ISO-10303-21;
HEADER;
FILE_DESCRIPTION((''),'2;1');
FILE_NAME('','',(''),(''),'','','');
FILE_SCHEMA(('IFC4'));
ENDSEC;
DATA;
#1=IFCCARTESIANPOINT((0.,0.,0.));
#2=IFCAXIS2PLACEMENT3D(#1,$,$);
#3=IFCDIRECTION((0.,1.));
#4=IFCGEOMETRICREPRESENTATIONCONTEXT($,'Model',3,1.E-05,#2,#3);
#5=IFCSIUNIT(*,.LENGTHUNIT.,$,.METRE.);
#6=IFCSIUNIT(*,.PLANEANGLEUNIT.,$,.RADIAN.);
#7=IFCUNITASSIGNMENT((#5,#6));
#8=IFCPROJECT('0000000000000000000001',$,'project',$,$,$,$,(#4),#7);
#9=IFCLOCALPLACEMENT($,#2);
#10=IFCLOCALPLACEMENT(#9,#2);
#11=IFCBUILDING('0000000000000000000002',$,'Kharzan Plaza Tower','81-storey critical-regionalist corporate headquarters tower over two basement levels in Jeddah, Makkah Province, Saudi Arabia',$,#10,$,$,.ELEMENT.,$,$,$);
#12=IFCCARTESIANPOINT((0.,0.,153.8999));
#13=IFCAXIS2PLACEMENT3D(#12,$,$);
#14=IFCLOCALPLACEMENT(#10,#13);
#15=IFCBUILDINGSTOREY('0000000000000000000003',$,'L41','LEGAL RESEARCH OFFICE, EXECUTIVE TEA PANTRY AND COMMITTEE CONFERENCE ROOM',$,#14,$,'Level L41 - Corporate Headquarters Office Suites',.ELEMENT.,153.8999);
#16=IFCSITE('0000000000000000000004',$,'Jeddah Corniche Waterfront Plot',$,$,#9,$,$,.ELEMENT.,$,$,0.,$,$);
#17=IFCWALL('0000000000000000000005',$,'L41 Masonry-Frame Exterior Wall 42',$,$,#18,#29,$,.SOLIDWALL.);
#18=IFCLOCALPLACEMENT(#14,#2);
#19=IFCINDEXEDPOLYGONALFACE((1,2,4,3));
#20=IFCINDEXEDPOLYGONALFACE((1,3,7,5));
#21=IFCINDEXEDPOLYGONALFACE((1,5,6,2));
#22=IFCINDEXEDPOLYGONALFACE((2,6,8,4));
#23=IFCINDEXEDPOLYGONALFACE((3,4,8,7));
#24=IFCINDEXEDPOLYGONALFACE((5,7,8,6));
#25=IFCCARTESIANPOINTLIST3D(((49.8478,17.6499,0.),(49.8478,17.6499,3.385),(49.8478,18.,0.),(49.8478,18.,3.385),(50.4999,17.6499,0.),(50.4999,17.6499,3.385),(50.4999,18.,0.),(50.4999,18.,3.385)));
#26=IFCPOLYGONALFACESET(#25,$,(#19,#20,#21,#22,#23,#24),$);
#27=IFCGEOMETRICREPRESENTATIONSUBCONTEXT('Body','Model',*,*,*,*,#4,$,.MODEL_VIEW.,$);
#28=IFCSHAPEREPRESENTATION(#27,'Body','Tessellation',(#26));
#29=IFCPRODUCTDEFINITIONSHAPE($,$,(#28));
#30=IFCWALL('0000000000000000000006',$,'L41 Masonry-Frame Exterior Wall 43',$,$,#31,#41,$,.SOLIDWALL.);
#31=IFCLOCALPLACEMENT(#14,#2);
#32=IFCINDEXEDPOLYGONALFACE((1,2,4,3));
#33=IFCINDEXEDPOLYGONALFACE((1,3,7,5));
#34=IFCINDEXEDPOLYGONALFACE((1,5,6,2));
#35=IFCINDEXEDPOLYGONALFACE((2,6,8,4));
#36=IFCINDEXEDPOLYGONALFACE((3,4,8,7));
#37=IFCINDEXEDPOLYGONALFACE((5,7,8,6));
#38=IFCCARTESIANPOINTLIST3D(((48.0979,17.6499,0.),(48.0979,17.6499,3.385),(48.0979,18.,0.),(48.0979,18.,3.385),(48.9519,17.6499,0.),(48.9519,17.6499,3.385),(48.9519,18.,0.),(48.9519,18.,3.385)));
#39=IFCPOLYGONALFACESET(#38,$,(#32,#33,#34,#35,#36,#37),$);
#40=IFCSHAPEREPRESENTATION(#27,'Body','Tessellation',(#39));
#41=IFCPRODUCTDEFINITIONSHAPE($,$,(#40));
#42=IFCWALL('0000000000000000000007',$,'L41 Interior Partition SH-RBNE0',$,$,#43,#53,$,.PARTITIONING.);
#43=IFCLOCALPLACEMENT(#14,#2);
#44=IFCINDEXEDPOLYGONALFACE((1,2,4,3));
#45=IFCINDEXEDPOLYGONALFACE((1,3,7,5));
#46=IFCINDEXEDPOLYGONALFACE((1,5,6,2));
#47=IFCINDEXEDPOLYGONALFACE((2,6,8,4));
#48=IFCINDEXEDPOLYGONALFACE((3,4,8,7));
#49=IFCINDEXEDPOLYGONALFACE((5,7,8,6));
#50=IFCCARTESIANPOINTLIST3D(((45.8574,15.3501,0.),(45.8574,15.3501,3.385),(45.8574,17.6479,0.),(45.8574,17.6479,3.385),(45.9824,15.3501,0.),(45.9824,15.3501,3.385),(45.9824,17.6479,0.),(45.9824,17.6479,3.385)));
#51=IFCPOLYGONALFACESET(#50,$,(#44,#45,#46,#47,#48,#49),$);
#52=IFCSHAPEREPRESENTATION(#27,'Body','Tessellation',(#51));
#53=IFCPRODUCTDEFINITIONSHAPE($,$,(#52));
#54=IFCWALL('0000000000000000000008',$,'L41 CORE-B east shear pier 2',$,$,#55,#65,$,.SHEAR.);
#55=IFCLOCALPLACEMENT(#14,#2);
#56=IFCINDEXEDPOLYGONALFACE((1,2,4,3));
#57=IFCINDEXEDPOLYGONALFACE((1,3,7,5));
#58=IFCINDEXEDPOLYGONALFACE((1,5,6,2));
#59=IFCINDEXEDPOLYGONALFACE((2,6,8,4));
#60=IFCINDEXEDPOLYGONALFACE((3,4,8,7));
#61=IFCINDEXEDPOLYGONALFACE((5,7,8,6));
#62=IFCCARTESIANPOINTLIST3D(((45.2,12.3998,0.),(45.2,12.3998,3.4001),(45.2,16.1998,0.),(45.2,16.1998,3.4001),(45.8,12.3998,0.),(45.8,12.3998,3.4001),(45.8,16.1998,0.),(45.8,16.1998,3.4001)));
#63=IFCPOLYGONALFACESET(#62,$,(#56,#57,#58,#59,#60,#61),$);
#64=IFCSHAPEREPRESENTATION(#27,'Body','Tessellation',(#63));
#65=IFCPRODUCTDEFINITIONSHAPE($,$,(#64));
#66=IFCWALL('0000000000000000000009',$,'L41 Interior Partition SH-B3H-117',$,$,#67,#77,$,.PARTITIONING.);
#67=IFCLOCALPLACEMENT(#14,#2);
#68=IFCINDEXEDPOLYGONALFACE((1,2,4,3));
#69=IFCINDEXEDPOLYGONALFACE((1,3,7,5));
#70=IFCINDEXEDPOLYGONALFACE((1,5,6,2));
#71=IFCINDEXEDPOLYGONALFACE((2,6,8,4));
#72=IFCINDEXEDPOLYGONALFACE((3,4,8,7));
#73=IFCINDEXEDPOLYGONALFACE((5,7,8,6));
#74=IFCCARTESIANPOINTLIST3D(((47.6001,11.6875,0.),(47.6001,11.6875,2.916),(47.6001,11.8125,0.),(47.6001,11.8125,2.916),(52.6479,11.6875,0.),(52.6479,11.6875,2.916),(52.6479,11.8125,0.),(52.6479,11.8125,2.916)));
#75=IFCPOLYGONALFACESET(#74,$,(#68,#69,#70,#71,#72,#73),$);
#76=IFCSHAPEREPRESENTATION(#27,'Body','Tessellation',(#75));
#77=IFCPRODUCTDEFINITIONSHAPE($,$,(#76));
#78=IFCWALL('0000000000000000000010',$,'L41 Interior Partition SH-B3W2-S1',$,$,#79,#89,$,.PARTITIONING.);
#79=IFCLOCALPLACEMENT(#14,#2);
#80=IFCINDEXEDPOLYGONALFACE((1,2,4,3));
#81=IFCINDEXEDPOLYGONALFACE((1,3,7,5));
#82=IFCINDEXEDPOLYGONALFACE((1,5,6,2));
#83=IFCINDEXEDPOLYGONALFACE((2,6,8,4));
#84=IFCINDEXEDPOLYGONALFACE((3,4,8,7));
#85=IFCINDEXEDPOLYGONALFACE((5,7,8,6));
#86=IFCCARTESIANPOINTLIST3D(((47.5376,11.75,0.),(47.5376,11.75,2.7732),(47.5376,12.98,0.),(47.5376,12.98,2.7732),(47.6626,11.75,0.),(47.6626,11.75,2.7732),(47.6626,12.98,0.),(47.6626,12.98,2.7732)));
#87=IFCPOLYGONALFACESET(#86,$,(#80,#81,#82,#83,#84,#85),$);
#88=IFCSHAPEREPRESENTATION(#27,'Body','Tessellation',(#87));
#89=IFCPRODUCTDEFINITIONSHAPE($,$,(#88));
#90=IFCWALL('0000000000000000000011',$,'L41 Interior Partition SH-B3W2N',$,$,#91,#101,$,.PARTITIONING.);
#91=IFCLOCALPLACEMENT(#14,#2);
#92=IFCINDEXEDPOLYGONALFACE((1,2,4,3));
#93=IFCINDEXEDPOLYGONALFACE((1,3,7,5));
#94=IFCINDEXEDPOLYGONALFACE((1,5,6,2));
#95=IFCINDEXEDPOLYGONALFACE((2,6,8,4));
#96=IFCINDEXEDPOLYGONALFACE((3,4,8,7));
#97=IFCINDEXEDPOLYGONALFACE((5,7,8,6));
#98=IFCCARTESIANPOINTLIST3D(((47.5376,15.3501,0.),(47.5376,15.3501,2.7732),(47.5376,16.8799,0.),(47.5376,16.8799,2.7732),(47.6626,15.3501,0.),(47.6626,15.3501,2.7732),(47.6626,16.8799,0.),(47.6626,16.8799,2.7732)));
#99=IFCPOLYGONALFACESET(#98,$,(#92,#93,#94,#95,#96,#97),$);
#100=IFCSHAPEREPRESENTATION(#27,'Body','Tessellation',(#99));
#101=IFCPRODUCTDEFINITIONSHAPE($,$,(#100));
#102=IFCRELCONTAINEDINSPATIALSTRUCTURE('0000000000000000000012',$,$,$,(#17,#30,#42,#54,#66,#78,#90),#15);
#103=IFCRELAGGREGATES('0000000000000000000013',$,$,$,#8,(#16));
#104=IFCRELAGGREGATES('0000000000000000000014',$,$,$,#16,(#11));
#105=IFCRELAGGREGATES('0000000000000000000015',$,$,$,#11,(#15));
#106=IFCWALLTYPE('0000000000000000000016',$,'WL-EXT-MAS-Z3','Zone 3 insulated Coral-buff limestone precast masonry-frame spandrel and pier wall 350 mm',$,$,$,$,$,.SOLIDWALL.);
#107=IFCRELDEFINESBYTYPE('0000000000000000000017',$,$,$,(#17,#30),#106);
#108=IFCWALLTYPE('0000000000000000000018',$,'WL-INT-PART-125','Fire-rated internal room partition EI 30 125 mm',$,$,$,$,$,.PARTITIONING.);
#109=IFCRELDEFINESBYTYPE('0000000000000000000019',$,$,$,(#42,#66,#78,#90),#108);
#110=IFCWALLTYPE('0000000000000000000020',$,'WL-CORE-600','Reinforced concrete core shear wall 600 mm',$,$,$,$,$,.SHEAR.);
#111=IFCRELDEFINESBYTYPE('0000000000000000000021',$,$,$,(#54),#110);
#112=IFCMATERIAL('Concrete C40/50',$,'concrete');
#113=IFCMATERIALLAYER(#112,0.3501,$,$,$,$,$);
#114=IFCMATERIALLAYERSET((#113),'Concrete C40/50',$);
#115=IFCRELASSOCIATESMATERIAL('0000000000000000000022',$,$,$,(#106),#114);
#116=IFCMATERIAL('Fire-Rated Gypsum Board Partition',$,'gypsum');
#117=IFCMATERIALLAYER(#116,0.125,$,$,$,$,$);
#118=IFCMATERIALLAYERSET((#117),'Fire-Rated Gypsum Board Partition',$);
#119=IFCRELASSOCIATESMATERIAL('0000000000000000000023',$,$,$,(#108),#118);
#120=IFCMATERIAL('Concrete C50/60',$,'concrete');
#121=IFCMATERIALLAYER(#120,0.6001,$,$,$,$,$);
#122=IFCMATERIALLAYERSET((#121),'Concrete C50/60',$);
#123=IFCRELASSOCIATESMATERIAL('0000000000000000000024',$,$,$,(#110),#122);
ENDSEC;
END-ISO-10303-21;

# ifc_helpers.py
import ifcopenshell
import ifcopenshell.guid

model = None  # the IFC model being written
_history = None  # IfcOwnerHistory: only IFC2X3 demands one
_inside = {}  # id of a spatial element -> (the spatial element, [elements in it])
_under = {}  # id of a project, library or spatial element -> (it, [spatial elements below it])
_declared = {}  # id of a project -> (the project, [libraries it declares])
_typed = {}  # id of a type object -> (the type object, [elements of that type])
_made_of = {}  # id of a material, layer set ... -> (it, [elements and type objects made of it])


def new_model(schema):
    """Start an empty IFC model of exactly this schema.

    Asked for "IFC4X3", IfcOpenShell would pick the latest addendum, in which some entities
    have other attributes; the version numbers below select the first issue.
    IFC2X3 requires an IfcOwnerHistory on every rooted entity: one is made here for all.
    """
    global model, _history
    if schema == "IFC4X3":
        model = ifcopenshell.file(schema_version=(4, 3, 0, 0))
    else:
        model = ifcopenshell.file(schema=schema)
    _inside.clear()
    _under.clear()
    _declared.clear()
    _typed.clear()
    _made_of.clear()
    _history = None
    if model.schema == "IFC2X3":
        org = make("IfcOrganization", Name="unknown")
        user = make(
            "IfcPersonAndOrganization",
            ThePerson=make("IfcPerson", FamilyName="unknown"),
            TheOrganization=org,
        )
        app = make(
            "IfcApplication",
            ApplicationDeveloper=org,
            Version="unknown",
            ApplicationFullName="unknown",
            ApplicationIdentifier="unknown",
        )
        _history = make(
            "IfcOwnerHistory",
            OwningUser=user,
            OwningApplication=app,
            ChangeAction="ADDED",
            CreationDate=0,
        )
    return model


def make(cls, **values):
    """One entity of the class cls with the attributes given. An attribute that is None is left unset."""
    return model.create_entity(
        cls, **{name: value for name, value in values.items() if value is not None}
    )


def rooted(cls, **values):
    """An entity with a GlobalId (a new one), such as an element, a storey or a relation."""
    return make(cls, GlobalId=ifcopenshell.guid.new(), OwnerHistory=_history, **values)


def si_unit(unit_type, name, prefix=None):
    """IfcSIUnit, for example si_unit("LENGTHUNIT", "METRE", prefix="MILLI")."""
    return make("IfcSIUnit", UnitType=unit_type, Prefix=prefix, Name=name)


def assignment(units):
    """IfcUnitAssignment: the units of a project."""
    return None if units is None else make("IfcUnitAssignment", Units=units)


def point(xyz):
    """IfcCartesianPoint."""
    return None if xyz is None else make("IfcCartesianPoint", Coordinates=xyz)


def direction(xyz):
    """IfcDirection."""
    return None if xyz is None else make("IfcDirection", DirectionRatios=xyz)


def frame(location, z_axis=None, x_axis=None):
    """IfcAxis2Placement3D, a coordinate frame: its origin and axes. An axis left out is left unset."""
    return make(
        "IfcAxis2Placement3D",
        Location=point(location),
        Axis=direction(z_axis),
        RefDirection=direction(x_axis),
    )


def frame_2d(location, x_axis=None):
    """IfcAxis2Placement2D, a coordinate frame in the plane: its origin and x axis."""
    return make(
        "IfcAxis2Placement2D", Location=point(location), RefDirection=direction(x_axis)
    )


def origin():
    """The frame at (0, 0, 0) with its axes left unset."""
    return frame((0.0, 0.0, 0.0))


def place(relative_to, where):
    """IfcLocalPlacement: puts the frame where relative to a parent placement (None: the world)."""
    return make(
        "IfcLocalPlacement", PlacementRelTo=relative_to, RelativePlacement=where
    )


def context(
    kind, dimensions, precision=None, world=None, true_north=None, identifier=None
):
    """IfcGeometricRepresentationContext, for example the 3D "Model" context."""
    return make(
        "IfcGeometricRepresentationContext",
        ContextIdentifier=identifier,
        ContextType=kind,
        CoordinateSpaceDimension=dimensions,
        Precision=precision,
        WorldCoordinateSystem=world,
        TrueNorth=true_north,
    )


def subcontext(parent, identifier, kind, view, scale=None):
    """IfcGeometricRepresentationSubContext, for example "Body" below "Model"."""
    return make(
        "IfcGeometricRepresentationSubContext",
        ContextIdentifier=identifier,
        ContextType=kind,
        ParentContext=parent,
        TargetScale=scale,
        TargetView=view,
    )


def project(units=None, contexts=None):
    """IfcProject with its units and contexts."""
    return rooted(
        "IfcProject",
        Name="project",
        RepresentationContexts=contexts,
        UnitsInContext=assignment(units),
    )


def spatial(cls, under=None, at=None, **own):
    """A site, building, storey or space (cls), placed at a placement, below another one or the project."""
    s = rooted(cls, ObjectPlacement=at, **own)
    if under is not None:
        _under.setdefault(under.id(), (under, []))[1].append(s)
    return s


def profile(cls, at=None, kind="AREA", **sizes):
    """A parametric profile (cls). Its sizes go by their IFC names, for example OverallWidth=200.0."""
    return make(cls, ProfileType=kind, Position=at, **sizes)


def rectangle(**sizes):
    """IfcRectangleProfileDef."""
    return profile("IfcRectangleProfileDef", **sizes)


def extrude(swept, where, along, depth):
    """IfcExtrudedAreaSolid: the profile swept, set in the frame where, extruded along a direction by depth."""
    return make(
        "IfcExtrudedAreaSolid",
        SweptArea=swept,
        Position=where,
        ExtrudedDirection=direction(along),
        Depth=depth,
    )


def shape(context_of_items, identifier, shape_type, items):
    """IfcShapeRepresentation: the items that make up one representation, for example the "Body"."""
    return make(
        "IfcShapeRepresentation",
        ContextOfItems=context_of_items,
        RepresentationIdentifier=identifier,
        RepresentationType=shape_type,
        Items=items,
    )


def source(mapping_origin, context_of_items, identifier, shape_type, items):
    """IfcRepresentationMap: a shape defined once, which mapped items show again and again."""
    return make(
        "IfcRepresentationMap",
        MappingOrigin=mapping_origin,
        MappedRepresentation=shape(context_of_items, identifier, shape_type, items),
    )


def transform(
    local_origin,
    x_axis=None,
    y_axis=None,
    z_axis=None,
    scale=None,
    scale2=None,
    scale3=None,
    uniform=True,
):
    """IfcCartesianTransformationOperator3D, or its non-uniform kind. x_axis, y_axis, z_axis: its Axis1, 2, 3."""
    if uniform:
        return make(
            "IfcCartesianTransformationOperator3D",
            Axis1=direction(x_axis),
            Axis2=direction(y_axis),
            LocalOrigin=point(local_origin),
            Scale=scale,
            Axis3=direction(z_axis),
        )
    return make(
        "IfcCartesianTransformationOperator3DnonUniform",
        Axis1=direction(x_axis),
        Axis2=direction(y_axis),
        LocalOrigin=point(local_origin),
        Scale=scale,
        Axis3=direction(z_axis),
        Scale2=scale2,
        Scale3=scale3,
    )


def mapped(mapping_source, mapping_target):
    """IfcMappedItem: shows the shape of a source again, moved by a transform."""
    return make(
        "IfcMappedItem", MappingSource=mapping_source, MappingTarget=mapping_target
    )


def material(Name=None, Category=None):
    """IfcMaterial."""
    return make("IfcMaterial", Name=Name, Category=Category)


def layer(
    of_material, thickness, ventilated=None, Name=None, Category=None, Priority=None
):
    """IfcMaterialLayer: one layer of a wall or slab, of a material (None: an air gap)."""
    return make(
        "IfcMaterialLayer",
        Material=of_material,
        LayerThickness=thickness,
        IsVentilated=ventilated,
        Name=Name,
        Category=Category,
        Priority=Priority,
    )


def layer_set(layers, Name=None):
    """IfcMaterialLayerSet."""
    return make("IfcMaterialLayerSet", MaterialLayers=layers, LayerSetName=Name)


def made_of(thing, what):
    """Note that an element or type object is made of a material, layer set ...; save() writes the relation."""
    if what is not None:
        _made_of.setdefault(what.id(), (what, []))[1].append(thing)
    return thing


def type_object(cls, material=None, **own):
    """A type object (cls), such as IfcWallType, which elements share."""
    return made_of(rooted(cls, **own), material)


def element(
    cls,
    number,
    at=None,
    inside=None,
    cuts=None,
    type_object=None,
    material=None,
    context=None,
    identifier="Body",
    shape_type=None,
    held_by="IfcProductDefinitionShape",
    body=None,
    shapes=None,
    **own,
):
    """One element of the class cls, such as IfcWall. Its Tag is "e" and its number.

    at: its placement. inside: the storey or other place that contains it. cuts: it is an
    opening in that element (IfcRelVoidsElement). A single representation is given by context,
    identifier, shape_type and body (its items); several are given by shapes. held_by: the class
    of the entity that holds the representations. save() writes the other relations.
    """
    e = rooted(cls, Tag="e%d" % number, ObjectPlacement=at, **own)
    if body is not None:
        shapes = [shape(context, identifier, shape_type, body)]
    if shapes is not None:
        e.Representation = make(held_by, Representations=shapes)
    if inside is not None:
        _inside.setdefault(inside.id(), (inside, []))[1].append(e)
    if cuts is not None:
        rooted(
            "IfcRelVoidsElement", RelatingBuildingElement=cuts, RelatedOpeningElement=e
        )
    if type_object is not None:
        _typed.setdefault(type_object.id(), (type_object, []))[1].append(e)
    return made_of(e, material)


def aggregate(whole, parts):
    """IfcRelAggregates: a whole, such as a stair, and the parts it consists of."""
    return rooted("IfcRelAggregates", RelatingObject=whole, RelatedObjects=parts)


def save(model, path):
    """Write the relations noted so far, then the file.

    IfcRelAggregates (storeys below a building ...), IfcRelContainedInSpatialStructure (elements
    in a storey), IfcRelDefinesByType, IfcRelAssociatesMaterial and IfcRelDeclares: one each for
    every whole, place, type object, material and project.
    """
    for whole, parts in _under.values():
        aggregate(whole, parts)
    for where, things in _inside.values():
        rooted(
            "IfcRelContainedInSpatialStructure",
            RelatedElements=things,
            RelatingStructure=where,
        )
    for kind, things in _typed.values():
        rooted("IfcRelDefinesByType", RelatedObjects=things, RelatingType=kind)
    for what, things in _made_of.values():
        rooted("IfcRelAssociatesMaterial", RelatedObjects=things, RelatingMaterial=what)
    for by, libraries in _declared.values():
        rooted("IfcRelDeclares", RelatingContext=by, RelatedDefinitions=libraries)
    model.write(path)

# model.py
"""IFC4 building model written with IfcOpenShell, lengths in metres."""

from ifc_helpers import new_model, si_unit, direction, frame, frame_2d, origin, place, context, subcontext, project, spatial, rectangle, extrude, source, transform, mapped, material, layer, layer_set, type_object, element, save


model = new_model("IFC4")

# Units and contexts
model_context = context("Model", 3, precision=1e-05, world=origin(), true_north=direction((0.0, 1.0)))
body_context = subcontext(model_context, "Body", "Model", "MODEL_VIEW")
ifc_project = project(units=[si_unit("LENGTHUNIT", "METRE"), si_unit("PLANEANGLEUNIT", "RADIAN")], contexts=[model_context])

# Site, building, storey
site_placement = place(None, origin())
site = spatial("IfcSite", under=ifc_project, at=site_placement, Name="Jeddah Corniche Waterfront Plot", CompositionType="ELEMENT", RefElevation=0.0)
building_placement = place(site_placement, origin())
building = spatial("IfcBuilding", under=site, at=building_placement, Name="Kharzan Plaza Tower", Description="81-storey critical-regionalist corporate headquarters tower over two basement levels in Jeddah, Makkah Province, Saudi Arabia", CompositionType="ELEMENT")
storey_placement = place(building_placement, frame((0.0, 0.0, 153.8999)))
storey = spatial("IfcBuildingStorey", under=building, at=storey_placement, Name="L41", Description="LEGAL RESEARCH OFFICE, EXECUTIVE TEA PANTRY AND COMMITTEE CONFERENCE ROOM", LongName="Level L41 - Corporate Headquarters Office Suites", CompositionType="ELEMENT", Elevation=153.8999)

# Shared definitions
ifc_material_1 = material(Name="Concrete C50/60", Category="concrete")

# Shared definitions
ifc_material_2 = material(Name="Concrete C40/50", Category="concrete")
ifc_layer_1 = layer(ifc_material_2, 0.3501)
ifc_layer_set_1 = layer_set([ifc_layer_1], Name="Concrete C40/50")
wall_type_1 = type_object("IfcWallType", Name="WL-EXT-MAS-Z3", Description="Zone 3 insulated Coral-buff limestone precast masonry-frame spandrel and pier wall 350 mm", PredefinedType="SOLIDWALL", material=ifc_layer_set_1)

# Shared definitions
ifc_material_3 = material(Name="Fire-Rated Gypsum Board Partition", Category="gypsum")
ifc_layer_2 = layer(ifc_material_3, 0.125)
ifc_layer_set_2 = layer_set([ifc_layer_2], Name="Fire-Rated Gypsum Board Partition")
wall_type_2 = type_object("IfcWallType", Name="WL-INT-PART-125", Description="Fire-rated internal room partition EI 30 125 mm", PredefinedType="PARTITIONING", material=ifc_layer_set_2)

# Walls
shared_shape_1 = source(origin(), body_context, "Body", "SweptSolid", [
    extrude(rectangle(XDim=0.6521, YDim=0.3501, at=frame_2d((0.3262, 0.0))), origin(), (0.0, 0.0, 1.0), 3.385),
])
wall_1_placement = place(storey_placement, frame((50.5, 17.825, 0.0), z_axis=(0.0, 0.0, 1.0), x_axis=(-1.0, 0.0, 0.0)))
element("IfcWall", 1, at=wall_1_placement, inside=storey, type_object=wall_type_1, Name="L41 Masonry-Frame Exterior Wall 42", PredefinedType="SOLIDWALL", context=body_context, shape_type="MappedRepresentation", body=[
    mapped(shared_shape_1, transform((0.0, 0.0, 0.0), x_axis=(1.0, 0.0, 0.0), y_axis=(0.0, 1.0, 0.0), z_axis=(0.0, 0.0, 1.0))),
])
shared_shape_2 = source(origin(), body_context, "Body", "SweptSolid", [
    extrude(rectangle(XDim=0.854, YDim=0.3501, at=frame_2d((0.427, 0.0))), origin(), (0.0, 0.0, 1.0), 3.385),
])
wall_2_placement = place(storey_placement, frame((48.9519, 17.825, 0.0), z_axis=(0.0, 0.0, 1.0), x_axis=(-1.0, 0.0, 0.0)))
element("IfcWall", 2, at=wall_2_placement, inside=storey, type_object=wall_type_1, Name="L41 Masonry-Frame Exterior Wall 43", PredefinedType="SOLIDWALL", context=body_context, shape_type="MappedRepresentation", body=[
    mapped(shared_shape_2, transform((0.0, 0.0, 0.0), x_axis=(1.0, 0.0, 0.0), y_axis=(0.0, 1.0, 0.0), z_axis=(0.0, 0.0, 1.0))),
])
shared_shape_3 = source(origin(), body_context, "Body", "SweptSolid", [
    extrude(rectangle(XDim=2.2979, YDim=0.125, at=frame_2d((1.1489, 0.0))), origin(), (0.0, 0.0, 1.0), 3.385),
])
wall_3_placement = place(storey_placement, frame((45.9199, 15.3501, 0.0), z_axis=(0.0, 0.0, 1.0), x_axis=(0.0, 1.0, 0.0)))
element("IfcWall", 3, at=wall_3_placement, inside=storey, type_object=wall_type_2, Name="L41 Interior Partition SH-RBNE0", PredefinedType="PARTITIONING", context=body_context, shape_type="MappedRepresentation", body=[
    mapped(shared_shape_3, transform((0.0, 0.0, 0.0), x_axis=(1.0, 0.0, 0.0), y_axis=(0.0, 1.0, 0.0), z_axis=(0.0, 0.0, 1.0))),
])
ifc_layer_3 = layer(ifc_material_1, 0.6001)
ifc_layer_set_3 = layer_set([ifc_layer_3], Name="Concrete C50/60")
wall_type_3 = type_object("IfcWallType", Name="WL-CORE-600", Description="Reinforced concrete core shear wall 600 mm", PredefinedType="SHEAR", material=ifc_layer_set_3)
shared_shape_4 = source(origin(), body_context, "Body", "SweptSolid", [
    extrude(rectangle(XDim=3.8, YDim=0.6001, at=frame_2d((1.8999, 0.0))), origin(), (0.0, 0.0, 1.0), 3.4001),
])
wall_4_placement = place(storey_placement, frame((45.5, 12.3999, 0.0), z_axis=(0.0, 0.0, 1.0), x_axis=(0.0, 1.0, 0.0)))
element("IfcWall", 4, at=wall_4_placement, inside=storey, type_object=wall_type_3, Name="L41 CORE-B east shear pier 2", PredefinedType="SHEAR", context=body_context, shape_type="MappedRepresentation", body=[
    mapped(shared_shape_4, transform((0.0, 0.0, 0.0), x_axis=(1.0, 0.0, 0.0), y_axis=(0.0, 1.0, 0.0), z_axis=(0.0, 0.0, 1.0))),
])
shared_shape_5 = source(origin(), body_context, "Body", "SweptSolid", [
    extrude(rectangle(XDim=5.0479, YDim=0.125, at=frame_2d((2.5239, 0.0))), origin(), (0.0, 0.0, 1.0), 2.916),
])
wall_5_placement = place(storey_placement, frame((47.6001, 11.75, 0.0), z_axis=(0.0, 0.0, 1.0), x_axis=(1.0, 0.0, 0.0)))
element("IfcWall", 5, at=wall_5_placement, inside=storey, type_object=wall_type_2, Name="L41 Interior Partition SH-B3H-117", PredefinedType="PARTITIONING", context=body_context, shape_type="MappedRepresentation", body=[
    mapped(shared_shape_5, transform((0.0, 0.0, 0.0), x_axis=(1.0, 0.0, 0.0), y_axis=(0.0, 1.0, 0.0), z_axis=(0.0, 0.0, 1.0))),
])
shared_shape_6 = source(origin(), body_context, "Body", "SweptSolid", [
    extrude(rectangle(XDim=1.23, YDim=0.125, at=frame_2d((0.615, 0.0))), origin(), (0.0, 0.0, 1.0), 2.7732),
])
wall_6_placement = place(storey_placement, frame((47.6001, 11.75, 0.0), z_axis=(0.0, 0.0, 1.0), x_axis=(0.0, 1.0, 0.0)))
element("IfcWall", 6, at=wall_6_placement, inside=storey, type_object=wall_type_2, Name="L41 Interior Partition SH-B3W2-S1", PredefinedType="PARTITIONING", context=body_context, shape_type="MappedRepresentation", body=[
    mapped(shared_shape_6, transform((0.0, 0.0, 0.0), x_axis=(1.0, 0.0, 0.0), y_axis=(0.0, 1.0, 0.0), z_axis=(0.0, 0.0, 1.0))),
])
shared_shape_7 = source(origin(), body_context, "Body", "SweptSolid", [
    extrude(rectangle(XDim=1.5298, YDim=0.125, at=frame_2d((0.7649, 0.0))), origin(), (0.0, 0.0, 1.0), 2.7732),
])
wall_7_placement = place(storey_placement, frame((47.6001, 15.3501, 0.0), z_axis=(0.0, 0.0, 1.0), x_axis=(0.0, 1.0, 0.0)))
element("IfcWall", 7, at=wall_7_placement, inside=storey, type_object=wall_type_2, Name="L41 Interior Partition SH-B3W2N", PredefinedType="PARTITIONING", context=body_context, shape_type="MappedRepresentation", body=[
    mapped(shared_shape_7, transform((0.0, 0.0, 0.0), x_axis=(1.0, 0.0, 0.0), y_axis=(0.0, 1.0, 0.0), z_axis=(0.0, 0.0, 1.0))),
])

save(model, "model.ifc")
